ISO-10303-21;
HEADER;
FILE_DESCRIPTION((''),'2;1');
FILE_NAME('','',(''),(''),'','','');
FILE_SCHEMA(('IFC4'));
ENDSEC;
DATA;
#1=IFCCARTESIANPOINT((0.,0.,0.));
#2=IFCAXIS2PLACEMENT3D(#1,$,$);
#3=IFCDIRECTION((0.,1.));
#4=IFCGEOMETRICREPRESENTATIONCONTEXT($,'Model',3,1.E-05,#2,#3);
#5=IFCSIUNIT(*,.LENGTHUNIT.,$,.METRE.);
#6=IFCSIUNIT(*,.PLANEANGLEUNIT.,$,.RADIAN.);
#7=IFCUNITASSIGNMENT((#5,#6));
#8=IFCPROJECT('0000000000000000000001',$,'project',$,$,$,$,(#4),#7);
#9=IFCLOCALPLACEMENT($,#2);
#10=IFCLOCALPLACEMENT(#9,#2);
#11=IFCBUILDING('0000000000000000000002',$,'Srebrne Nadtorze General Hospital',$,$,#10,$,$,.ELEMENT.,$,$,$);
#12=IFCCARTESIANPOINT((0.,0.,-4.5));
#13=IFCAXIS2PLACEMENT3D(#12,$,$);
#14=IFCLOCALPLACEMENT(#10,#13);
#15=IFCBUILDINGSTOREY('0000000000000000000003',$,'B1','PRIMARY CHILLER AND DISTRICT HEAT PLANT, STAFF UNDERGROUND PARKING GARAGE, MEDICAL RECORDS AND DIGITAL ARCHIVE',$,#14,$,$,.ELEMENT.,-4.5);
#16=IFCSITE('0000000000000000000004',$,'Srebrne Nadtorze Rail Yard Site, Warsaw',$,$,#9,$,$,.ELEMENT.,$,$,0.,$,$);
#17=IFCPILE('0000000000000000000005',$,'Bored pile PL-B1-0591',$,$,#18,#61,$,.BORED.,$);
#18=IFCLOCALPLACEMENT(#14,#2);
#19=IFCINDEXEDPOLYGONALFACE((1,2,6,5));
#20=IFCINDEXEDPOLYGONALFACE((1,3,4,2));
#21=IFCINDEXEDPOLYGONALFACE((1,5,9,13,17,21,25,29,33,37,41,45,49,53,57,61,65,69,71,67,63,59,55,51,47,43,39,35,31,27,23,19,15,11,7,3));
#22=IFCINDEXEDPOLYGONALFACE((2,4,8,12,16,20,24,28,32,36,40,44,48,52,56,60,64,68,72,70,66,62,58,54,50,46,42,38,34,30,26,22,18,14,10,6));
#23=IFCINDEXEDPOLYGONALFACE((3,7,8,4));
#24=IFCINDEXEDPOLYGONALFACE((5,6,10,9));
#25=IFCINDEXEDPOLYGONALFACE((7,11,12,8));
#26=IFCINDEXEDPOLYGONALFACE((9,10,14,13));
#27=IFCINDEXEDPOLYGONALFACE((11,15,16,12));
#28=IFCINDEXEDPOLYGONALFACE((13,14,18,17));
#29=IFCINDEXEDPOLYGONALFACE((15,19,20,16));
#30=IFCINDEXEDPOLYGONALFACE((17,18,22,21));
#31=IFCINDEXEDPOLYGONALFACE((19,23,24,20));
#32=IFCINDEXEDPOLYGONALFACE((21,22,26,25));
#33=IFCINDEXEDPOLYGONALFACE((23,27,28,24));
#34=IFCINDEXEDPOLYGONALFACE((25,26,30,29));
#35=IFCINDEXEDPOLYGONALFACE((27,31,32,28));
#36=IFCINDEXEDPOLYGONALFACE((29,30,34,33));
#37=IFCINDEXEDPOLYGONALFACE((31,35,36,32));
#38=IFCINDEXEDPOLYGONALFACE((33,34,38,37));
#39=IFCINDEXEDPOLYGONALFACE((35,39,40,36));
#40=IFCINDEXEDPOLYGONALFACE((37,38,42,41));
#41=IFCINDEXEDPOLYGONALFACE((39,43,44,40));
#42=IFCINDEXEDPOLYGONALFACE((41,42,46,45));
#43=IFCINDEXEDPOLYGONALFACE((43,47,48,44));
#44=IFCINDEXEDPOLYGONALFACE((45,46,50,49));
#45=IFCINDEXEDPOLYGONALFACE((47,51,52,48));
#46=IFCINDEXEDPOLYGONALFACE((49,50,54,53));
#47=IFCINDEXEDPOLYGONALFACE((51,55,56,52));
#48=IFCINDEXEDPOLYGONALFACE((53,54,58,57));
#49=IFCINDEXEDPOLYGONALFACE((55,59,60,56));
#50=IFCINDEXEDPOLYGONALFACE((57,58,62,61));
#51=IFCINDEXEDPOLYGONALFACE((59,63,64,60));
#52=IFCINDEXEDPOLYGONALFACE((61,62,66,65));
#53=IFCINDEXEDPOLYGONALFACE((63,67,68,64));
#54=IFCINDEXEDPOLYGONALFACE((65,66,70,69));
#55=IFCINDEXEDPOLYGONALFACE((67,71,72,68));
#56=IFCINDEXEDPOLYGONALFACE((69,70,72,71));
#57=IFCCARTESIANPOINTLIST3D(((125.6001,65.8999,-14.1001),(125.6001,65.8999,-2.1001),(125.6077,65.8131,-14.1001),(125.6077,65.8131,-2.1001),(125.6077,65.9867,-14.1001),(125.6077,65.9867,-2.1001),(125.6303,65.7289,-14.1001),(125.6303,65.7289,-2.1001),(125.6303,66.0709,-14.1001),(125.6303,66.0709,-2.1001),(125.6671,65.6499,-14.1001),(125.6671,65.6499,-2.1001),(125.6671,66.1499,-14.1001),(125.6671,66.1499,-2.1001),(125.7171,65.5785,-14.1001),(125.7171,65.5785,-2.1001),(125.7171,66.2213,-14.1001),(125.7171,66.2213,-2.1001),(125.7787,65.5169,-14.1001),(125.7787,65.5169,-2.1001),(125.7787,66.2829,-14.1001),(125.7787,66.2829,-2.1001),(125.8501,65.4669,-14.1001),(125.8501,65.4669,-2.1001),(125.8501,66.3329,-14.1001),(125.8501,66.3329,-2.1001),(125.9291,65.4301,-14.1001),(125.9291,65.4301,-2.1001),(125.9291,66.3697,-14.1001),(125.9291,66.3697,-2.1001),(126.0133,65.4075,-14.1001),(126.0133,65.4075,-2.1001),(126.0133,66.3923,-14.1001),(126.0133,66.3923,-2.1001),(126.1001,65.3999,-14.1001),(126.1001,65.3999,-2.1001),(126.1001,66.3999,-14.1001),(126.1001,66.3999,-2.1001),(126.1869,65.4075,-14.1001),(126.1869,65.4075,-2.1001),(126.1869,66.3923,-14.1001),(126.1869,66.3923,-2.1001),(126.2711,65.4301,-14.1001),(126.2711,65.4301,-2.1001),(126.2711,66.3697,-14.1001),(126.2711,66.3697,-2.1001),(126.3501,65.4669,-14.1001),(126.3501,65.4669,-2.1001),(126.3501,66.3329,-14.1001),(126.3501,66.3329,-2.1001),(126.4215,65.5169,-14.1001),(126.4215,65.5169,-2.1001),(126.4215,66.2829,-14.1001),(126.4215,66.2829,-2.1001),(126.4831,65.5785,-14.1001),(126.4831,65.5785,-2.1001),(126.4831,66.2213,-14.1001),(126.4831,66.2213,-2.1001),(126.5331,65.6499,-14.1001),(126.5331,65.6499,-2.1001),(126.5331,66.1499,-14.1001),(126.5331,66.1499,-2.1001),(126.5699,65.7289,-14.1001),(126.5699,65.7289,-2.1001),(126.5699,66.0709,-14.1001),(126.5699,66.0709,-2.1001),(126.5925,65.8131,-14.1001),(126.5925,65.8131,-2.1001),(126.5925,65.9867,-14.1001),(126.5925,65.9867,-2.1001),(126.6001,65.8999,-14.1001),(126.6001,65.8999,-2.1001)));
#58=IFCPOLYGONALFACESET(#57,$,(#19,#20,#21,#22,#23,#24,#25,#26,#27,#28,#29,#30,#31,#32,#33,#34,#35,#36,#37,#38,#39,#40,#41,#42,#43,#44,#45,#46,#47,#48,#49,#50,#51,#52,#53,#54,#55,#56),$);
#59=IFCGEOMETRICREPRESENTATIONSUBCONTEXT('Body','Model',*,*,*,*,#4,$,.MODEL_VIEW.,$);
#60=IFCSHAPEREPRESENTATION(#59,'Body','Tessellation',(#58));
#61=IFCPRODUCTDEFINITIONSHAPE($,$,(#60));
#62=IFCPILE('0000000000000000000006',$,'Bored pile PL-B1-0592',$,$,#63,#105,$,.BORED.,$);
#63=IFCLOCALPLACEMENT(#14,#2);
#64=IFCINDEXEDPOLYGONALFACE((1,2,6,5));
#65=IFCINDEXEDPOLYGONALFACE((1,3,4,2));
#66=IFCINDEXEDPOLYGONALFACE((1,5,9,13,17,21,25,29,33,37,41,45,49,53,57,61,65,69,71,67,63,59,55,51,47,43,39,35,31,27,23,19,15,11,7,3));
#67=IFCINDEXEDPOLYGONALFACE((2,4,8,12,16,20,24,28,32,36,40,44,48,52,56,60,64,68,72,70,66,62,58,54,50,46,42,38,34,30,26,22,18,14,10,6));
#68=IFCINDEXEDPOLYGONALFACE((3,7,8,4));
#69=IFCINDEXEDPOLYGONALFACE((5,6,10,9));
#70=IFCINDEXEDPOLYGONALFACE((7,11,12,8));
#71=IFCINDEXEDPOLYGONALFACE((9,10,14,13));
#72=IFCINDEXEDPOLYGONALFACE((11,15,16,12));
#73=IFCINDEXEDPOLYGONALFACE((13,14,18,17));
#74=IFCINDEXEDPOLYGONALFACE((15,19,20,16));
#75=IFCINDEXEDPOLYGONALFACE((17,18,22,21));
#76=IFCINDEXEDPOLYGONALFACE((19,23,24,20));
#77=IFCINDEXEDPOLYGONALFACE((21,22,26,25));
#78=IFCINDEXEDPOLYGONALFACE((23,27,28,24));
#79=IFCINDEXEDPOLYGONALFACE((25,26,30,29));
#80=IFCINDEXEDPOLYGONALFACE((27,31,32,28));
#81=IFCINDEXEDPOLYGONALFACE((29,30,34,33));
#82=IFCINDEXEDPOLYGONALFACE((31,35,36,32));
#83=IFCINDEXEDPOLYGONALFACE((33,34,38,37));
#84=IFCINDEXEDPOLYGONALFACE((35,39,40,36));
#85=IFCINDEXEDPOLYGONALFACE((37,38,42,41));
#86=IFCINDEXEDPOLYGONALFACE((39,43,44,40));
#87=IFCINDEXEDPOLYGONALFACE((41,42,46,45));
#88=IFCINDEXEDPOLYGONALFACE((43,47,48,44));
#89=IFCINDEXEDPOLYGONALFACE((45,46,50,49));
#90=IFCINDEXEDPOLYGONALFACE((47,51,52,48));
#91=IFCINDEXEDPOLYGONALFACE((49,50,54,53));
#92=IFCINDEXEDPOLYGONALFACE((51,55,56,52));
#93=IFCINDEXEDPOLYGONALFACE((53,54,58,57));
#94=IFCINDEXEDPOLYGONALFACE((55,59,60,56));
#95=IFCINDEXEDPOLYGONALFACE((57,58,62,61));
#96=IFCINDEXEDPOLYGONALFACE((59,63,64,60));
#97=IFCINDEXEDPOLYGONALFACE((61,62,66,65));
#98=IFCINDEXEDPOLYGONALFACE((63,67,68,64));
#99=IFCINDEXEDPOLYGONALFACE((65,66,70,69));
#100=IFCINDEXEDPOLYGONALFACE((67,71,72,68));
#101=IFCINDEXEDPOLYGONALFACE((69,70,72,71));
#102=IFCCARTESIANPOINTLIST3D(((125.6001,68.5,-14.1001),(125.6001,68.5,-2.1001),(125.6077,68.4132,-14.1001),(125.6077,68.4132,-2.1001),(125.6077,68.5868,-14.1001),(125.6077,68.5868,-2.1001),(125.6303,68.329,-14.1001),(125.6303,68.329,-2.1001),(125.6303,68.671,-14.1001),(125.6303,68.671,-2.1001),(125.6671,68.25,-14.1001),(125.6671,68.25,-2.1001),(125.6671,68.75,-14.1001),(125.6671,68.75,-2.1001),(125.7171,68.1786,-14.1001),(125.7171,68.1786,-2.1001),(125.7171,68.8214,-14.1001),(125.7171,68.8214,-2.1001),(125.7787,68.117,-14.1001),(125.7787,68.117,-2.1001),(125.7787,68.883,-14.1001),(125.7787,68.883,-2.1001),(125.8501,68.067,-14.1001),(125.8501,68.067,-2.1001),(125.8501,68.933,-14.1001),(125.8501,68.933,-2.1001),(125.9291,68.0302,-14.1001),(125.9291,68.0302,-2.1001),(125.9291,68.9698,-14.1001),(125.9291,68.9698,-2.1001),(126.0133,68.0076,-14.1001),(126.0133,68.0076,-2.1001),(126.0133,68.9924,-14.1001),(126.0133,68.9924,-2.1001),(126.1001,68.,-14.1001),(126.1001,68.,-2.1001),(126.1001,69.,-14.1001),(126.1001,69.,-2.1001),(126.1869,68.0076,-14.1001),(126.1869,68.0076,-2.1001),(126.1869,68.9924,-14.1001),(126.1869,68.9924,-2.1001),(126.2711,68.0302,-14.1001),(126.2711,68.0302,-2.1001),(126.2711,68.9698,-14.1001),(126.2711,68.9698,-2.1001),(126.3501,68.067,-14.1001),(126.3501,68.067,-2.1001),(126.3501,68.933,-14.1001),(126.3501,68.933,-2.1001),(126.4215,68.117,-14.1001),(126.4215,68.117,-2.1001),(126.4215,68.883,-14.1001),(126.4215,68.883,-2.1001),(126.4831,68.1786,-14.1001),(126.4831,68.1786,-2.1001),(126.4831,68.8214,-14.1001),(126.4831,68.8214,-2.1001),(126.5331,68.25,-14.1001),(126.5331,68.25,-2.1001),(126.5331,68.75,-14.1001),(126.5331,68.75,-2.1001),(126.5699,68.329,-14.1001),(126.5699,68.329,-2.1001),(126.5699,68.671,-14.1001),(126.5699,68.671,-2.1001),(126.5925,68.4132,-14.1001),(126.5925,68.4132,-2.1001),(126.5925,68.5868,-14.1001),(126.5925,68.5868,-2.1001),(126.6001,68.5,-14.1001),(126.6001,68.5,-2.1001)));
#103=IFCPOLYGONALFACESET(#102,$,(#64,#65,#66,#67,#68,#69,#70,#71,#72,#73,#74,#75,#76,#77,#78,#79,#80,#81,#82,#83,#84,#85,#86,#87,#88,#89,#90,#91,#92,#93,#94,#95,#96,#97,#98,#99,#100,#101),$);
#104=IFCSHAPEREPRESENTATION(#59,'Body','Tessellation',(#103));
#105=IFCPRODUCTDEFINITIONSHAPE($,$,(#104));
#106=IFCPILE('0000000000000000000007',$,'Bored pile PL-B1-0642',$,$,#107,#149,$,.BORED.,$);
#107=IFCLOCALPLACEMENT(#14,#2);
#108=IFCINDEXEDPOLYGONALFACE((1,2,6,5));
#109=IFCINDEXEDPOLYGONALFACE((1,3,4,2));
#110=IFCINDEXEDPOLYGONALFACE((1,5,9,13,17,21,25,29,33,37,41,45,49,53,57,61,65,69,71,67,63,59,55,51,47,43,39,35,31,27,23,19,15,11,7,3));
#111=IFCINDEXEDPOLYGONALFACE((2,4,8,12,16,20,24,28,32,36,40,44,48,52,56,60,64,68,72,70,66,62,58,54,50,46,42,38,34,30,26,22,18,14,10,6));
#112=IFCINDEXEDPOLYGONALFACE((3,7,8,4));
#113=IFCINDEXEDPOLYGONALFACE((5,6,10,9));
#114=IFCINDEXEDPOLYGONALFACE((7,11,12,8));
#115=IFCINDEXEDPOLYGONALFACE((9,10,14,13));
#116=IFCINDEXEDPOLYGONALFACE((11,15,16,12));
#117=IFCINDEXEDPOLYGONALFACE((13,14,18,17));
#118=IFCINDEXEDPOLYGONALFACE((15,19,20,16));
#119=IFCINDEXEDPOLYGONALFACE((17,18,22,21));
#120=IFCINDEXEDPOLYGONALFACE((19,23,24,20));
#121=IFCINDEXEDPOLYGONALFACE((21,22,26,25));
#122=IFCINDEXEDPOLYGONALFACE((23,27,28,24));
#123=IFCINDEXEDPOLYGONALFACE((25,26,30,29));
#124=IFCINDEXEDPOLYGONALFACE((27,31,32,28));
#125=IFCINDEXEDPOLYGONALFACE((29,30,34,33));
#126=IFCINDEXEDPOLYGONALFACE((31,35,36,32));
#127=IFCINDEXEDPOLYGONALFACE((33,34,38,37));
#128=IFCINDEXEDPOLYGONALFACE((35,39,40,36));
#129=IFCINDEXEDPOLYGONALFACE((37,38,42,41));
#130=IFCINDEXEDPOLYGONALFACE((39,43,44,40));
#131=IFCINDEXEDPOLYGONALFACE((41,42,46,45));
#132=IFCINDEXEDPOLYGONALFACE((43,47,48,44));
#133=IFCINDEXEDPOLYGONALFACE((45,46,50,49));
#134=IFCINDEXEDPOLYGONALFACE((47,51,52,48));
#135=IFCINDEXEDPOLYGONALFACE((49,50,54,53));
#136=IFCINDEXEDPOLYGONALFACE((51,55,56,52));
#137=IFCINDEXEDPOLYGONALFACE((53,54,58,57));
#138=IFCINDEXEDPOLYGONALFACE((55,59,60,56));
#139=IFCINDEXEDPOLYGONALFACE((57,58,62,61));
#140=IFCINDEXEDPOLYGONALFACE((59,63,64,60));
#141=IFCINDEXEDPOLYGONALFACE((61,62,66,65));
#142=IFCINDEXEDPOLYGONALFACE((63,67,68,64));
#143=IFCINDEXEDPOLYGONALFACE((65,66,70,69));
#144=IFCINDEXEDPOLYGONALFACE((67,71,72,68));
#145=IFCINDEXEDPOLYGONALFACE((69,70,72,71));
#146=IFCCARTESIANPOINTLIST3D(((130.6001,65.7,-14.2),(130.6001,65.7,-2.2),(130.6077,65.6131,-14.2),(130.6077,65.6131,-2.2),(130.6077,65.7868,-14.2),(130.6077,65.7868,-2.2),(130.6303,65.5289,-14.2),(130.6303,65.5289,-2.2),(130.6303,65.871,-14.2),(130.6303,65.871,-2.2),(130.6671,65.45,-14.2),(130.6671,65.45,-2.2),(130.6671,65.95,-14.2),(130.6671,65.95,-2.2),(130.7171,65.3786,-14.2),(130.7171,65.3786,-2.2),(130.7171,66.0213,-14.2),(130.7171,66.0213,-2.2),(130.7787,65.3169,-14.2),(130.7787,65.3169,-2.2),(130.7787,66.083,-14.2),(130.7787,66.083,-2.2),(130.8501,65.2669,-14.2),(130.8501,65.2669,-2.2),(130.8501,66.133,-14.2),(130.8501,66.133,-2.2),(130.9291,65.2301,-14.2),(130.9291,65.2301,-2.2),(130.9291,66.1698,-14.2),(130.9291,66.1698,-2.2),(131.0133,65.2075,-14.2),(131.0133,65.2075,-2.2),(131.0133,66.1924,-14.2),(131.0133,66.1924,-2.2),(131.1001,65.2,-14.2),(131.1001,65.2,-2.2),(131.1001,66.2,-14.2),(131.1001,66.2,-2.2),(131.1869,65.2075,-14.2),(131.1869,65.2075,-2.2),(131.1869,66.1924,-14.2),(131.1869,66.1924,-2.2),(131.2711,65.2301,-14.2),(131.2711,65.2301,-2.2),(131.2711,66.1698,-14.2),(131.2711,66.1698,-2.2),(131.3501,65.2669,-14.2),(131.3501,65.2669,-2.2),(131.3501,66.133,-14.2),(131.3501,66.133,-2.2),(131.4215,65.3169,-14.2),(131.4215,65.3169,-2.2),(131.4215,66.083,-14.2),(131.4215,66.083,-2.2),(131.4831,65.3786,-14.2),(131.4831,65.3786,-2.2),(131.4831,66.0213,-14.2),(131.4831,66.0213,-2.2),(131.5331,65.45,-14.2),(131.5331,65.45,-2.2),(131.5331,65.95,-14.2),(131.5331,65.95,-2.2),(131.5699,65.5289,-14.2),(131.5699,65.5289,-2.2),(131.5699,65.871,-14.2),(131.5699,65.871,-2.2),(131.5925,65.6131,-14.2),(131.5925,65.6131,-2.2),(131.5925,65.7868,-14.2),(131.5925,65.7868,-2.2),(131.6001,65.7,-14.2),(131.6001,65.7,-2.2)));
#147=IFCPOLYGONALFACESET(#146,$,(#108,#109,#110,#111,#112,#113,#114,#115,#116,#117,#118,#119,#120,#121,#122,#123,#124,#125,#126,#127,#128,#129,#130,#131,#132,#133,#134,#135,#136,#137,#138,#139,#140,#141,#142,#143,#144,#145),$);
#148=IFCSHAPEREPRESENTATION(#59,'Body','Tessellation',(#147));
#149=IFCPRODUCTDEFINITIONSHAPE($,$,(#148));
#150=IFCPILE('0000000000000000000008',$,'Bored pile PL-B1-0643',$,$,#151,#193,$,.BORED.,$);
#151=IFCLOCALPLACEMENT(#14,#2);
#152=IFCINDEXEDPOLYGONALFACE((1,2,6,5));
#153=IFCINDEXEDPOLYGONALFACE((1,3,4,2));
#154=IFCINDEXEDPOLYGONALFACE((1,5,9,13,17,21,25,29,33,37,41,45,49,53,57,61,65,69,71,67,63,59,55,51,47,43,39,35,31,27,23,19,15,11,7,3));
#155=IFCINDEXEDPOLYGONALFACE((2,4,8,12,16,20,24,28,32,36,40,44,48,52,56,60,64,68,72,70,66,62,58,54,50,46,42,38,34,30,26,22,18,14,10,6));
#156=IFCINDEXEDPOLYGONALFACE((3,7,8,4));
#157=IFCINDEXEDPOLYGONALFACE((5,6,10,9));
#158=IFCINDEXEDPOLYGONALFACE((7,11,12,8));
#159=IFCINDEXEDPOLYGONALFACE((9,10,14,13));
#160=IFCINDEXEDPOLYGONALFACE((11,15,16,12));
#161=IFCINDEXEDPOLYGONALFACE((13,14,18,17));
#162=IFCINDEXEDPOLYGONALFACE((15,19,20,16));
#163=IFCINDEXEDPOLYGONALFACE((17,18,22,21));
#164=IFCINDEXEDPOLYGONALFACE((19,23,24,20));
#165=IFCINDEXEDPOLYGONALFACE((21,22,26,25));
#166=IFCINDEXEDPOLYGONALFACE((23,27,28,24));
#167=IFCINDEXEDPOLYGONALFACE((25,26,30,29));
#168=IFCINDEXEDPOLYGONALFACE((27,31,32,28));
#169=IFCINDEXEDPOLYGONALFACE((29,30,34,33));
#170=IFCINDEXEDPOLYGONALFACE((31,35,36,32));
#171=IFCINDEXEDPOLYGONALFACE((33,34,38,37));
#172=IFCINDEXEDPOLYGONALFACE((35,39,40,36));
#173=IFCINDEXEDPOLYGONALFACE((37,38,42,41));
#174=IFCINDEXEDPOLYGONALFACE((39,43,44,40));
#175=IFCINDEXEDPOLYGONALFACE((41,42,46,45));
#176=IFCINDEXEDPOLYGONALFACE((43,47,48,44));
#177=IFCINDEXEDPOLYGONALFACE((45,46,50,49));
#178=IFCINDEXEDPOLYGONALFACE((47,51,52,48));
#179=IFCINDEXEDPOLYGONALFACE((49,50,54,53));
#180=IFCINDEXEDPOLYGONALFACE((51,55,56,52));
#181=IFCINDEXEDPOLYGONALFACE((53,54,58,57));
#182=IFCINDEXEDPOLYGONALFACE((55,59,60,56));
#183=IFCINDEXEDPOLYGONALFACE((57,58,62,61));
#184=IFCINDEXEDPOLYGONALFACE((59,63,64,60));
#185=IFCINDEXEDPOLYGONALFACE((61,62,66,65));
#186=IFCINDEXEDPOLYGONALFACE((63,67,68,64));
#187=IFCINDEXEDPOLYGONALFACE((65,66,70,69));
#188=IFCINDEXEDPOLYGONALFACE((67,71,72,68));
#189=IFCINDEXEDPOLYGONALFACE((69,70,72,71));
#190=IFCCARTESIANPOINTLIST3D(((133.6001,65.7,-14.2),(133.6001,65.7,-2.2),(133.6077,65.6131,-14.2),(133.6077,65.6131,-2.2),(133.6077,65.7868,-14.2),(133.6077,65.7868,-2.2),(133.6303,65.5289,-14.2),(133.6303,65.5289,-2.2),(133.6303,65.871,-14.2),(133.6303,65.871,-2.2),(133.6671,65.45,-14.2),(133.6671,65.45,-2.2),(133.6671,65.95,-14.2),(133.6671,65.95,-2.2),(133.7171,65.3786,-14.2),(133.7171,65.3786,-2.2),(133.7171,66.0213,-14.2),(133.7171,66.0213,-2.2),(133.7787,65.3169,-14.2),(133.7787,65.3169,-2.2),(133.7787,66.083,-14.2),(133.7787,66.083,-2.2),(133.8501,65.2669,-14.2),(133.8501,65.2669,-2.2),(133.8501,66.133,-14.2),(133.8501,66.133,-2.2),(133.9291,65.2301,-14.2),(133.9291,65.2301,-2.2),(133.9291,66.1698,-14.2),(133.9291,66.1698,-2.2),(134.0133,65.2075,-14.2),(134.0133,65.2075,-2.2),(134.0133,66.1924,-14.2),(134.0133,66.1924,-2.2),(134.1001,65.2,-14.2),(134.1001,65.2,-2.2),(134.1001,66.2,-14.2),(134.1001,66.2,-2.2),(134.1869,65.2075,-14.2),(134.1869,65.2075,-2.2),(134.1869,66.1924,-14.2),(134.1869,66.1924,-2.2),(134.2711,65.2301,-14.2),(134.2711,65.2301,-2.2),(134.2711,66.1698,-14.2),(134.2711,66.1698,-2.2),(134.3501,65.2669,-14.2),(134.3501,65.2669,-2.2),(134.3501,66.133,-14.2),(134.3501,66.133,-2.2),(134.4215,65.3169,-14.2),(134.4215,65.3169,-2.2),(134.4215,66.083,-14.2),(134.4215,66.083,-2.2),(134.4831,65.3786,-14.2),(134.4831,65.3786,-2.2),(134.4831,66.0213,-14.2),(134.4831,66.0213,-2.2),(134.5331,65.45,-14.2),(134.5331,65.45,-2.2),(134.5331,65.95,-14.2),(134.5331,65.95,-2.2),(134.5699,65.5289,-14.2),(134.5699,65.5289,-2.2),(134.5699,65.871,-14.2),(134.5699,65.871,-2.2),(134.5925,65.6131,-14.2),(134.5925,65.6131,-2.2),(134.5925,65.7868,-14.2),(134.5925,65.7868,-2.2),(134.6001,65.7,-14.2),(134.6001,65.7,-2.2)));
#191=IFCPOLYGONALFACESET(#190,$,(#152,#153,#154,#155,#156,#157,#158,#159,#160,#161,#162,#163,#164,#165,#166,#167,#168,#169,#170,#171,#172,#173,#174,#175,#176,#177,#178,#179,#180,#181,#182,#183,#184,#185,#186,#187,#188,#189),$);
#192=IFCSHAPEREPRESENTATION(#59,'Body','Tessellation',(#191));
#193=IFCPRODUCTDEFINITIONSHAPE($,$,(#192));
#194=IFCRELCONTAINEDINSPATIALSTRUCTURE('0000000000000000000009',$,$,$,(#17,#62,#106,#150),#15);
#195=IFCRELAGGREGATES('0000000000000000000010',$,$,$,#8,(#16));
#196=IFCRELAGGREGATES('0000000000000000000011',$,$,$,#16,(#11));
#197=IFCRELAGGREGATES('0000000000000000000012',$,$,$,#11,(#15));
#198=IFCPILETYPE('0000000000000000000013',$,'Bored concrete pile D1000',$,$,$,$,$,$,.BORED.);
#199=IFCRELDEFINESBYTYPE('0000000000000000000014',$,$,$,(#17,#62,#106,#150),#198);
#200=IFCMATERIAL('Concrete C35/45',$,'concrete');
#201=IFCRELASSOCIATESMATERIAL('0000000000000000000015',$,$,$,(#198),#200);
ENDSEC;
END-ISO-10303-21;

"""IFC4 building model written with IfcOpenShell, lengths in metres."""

from ifc_helpers import new_model, si_unit, direction, frame, origin, origin_2d, place, context, subcontext, project, spatial, circle, extrude, material, material_profile, profile_set, type_object, element, save


model = new_model("IFC4")

# Units and contexts
model_context = context("Model", 3, precision=1e-05, world=origin(), true_north=direction((0.0, 1.0)))
body_context = subcontext(model_context, "Body", "Model", "MODEL_VIEW")
ifc_project = project(units=[si_unit("LENGTHUNIT", "METRE"), si_unit("PLANEANGLEUNIT", "RADIAN")], contexts=[model_context])

# Site, building, storey
site_placement = place(None, origin())
site = spatial("IfcSite", under=ifc_project, at=site_placement, Name="Srebrne Nadtorze Rail Yard Site, Warsaw", CompositionType="ELEMENT", RefElevation=0.0)
building_placement = place(site_placement, origin())
building = spatial("IfcBuilding", under=site, at=building_placement, Name="Srebrne Nadtorze General Hospital", CompositionType="ELEMENT")
storey_placement = place(building_placement, frame((0.0, 0.0, -4.5)))
storey = spatial("IfcBuildingStorey", under=building, at=storey_placement, Name="B1", Description="PRIMARY CHILLER AND DISTRICT HEAT PLANT, STAFF UNDERGROUND PARKING GARAGE, MEDICAL RECORDS AND DIGITAL ARCHIVE", CompositionType="ELEMENT", Elevation=-4.5)

# Piles
ifc_material_1 = material(Name="Concrete C35/45", Category="concrete")
ifc_material_profile_1 = material_profile(ifc_material_1, circle(Radius=0.5, at=origin_2d()), Name="PILE-D1000")
ifc_profile_set_1 = profile_set([ifc_material_profile_1], Name="Concrete C35/45")
pile_type_1 = type_object("IfcPileType", Name="Bored concrete pile D1000", PredefinedType="BORED", material=ifc_profile_set_1)
for number, where, z_axis, x_axis, name in (
    (1, (126.1001, 65.8999, -2.1001), (0.0, 0.0, -1.0), (1.0, 0.0, 0.0), "Bored pile PL-B1-0591"),
    (2, (126.1001, 68.5, -2.1001), (0.0, 0.0, -1.0), (1.0, 0.0, 0.0), "Bored pile PL-B1-0592"),
    (3, (131.1001, 65.7, -2.2), (0.0, 0.0, -1.0), (1.0, 0.0, 0.0), "Bored pile PL-B1-0642"),
    (4, (134.1001, 65.7, -2.2), (0.0, 0.0, -1.0), (1.0, 0.0, 0.0), "Bored pile PL-B1-0643"),
):
    element("IfcPile", number, at=place(storey_placement, frame(where, z_axis=z_axis, x_axis=x_axis)), inside=storey, type_object=pile_type_1, Name=name, PredefinedType="BORED", context=body_context, shape_type="SweptSolid", body=[
        extrude(circle(Radius=0.5, at=origin_2d()), origin(), (0.0, 0.0, 1.0), 12.0),
    ])

save(model, "model.ifc")
